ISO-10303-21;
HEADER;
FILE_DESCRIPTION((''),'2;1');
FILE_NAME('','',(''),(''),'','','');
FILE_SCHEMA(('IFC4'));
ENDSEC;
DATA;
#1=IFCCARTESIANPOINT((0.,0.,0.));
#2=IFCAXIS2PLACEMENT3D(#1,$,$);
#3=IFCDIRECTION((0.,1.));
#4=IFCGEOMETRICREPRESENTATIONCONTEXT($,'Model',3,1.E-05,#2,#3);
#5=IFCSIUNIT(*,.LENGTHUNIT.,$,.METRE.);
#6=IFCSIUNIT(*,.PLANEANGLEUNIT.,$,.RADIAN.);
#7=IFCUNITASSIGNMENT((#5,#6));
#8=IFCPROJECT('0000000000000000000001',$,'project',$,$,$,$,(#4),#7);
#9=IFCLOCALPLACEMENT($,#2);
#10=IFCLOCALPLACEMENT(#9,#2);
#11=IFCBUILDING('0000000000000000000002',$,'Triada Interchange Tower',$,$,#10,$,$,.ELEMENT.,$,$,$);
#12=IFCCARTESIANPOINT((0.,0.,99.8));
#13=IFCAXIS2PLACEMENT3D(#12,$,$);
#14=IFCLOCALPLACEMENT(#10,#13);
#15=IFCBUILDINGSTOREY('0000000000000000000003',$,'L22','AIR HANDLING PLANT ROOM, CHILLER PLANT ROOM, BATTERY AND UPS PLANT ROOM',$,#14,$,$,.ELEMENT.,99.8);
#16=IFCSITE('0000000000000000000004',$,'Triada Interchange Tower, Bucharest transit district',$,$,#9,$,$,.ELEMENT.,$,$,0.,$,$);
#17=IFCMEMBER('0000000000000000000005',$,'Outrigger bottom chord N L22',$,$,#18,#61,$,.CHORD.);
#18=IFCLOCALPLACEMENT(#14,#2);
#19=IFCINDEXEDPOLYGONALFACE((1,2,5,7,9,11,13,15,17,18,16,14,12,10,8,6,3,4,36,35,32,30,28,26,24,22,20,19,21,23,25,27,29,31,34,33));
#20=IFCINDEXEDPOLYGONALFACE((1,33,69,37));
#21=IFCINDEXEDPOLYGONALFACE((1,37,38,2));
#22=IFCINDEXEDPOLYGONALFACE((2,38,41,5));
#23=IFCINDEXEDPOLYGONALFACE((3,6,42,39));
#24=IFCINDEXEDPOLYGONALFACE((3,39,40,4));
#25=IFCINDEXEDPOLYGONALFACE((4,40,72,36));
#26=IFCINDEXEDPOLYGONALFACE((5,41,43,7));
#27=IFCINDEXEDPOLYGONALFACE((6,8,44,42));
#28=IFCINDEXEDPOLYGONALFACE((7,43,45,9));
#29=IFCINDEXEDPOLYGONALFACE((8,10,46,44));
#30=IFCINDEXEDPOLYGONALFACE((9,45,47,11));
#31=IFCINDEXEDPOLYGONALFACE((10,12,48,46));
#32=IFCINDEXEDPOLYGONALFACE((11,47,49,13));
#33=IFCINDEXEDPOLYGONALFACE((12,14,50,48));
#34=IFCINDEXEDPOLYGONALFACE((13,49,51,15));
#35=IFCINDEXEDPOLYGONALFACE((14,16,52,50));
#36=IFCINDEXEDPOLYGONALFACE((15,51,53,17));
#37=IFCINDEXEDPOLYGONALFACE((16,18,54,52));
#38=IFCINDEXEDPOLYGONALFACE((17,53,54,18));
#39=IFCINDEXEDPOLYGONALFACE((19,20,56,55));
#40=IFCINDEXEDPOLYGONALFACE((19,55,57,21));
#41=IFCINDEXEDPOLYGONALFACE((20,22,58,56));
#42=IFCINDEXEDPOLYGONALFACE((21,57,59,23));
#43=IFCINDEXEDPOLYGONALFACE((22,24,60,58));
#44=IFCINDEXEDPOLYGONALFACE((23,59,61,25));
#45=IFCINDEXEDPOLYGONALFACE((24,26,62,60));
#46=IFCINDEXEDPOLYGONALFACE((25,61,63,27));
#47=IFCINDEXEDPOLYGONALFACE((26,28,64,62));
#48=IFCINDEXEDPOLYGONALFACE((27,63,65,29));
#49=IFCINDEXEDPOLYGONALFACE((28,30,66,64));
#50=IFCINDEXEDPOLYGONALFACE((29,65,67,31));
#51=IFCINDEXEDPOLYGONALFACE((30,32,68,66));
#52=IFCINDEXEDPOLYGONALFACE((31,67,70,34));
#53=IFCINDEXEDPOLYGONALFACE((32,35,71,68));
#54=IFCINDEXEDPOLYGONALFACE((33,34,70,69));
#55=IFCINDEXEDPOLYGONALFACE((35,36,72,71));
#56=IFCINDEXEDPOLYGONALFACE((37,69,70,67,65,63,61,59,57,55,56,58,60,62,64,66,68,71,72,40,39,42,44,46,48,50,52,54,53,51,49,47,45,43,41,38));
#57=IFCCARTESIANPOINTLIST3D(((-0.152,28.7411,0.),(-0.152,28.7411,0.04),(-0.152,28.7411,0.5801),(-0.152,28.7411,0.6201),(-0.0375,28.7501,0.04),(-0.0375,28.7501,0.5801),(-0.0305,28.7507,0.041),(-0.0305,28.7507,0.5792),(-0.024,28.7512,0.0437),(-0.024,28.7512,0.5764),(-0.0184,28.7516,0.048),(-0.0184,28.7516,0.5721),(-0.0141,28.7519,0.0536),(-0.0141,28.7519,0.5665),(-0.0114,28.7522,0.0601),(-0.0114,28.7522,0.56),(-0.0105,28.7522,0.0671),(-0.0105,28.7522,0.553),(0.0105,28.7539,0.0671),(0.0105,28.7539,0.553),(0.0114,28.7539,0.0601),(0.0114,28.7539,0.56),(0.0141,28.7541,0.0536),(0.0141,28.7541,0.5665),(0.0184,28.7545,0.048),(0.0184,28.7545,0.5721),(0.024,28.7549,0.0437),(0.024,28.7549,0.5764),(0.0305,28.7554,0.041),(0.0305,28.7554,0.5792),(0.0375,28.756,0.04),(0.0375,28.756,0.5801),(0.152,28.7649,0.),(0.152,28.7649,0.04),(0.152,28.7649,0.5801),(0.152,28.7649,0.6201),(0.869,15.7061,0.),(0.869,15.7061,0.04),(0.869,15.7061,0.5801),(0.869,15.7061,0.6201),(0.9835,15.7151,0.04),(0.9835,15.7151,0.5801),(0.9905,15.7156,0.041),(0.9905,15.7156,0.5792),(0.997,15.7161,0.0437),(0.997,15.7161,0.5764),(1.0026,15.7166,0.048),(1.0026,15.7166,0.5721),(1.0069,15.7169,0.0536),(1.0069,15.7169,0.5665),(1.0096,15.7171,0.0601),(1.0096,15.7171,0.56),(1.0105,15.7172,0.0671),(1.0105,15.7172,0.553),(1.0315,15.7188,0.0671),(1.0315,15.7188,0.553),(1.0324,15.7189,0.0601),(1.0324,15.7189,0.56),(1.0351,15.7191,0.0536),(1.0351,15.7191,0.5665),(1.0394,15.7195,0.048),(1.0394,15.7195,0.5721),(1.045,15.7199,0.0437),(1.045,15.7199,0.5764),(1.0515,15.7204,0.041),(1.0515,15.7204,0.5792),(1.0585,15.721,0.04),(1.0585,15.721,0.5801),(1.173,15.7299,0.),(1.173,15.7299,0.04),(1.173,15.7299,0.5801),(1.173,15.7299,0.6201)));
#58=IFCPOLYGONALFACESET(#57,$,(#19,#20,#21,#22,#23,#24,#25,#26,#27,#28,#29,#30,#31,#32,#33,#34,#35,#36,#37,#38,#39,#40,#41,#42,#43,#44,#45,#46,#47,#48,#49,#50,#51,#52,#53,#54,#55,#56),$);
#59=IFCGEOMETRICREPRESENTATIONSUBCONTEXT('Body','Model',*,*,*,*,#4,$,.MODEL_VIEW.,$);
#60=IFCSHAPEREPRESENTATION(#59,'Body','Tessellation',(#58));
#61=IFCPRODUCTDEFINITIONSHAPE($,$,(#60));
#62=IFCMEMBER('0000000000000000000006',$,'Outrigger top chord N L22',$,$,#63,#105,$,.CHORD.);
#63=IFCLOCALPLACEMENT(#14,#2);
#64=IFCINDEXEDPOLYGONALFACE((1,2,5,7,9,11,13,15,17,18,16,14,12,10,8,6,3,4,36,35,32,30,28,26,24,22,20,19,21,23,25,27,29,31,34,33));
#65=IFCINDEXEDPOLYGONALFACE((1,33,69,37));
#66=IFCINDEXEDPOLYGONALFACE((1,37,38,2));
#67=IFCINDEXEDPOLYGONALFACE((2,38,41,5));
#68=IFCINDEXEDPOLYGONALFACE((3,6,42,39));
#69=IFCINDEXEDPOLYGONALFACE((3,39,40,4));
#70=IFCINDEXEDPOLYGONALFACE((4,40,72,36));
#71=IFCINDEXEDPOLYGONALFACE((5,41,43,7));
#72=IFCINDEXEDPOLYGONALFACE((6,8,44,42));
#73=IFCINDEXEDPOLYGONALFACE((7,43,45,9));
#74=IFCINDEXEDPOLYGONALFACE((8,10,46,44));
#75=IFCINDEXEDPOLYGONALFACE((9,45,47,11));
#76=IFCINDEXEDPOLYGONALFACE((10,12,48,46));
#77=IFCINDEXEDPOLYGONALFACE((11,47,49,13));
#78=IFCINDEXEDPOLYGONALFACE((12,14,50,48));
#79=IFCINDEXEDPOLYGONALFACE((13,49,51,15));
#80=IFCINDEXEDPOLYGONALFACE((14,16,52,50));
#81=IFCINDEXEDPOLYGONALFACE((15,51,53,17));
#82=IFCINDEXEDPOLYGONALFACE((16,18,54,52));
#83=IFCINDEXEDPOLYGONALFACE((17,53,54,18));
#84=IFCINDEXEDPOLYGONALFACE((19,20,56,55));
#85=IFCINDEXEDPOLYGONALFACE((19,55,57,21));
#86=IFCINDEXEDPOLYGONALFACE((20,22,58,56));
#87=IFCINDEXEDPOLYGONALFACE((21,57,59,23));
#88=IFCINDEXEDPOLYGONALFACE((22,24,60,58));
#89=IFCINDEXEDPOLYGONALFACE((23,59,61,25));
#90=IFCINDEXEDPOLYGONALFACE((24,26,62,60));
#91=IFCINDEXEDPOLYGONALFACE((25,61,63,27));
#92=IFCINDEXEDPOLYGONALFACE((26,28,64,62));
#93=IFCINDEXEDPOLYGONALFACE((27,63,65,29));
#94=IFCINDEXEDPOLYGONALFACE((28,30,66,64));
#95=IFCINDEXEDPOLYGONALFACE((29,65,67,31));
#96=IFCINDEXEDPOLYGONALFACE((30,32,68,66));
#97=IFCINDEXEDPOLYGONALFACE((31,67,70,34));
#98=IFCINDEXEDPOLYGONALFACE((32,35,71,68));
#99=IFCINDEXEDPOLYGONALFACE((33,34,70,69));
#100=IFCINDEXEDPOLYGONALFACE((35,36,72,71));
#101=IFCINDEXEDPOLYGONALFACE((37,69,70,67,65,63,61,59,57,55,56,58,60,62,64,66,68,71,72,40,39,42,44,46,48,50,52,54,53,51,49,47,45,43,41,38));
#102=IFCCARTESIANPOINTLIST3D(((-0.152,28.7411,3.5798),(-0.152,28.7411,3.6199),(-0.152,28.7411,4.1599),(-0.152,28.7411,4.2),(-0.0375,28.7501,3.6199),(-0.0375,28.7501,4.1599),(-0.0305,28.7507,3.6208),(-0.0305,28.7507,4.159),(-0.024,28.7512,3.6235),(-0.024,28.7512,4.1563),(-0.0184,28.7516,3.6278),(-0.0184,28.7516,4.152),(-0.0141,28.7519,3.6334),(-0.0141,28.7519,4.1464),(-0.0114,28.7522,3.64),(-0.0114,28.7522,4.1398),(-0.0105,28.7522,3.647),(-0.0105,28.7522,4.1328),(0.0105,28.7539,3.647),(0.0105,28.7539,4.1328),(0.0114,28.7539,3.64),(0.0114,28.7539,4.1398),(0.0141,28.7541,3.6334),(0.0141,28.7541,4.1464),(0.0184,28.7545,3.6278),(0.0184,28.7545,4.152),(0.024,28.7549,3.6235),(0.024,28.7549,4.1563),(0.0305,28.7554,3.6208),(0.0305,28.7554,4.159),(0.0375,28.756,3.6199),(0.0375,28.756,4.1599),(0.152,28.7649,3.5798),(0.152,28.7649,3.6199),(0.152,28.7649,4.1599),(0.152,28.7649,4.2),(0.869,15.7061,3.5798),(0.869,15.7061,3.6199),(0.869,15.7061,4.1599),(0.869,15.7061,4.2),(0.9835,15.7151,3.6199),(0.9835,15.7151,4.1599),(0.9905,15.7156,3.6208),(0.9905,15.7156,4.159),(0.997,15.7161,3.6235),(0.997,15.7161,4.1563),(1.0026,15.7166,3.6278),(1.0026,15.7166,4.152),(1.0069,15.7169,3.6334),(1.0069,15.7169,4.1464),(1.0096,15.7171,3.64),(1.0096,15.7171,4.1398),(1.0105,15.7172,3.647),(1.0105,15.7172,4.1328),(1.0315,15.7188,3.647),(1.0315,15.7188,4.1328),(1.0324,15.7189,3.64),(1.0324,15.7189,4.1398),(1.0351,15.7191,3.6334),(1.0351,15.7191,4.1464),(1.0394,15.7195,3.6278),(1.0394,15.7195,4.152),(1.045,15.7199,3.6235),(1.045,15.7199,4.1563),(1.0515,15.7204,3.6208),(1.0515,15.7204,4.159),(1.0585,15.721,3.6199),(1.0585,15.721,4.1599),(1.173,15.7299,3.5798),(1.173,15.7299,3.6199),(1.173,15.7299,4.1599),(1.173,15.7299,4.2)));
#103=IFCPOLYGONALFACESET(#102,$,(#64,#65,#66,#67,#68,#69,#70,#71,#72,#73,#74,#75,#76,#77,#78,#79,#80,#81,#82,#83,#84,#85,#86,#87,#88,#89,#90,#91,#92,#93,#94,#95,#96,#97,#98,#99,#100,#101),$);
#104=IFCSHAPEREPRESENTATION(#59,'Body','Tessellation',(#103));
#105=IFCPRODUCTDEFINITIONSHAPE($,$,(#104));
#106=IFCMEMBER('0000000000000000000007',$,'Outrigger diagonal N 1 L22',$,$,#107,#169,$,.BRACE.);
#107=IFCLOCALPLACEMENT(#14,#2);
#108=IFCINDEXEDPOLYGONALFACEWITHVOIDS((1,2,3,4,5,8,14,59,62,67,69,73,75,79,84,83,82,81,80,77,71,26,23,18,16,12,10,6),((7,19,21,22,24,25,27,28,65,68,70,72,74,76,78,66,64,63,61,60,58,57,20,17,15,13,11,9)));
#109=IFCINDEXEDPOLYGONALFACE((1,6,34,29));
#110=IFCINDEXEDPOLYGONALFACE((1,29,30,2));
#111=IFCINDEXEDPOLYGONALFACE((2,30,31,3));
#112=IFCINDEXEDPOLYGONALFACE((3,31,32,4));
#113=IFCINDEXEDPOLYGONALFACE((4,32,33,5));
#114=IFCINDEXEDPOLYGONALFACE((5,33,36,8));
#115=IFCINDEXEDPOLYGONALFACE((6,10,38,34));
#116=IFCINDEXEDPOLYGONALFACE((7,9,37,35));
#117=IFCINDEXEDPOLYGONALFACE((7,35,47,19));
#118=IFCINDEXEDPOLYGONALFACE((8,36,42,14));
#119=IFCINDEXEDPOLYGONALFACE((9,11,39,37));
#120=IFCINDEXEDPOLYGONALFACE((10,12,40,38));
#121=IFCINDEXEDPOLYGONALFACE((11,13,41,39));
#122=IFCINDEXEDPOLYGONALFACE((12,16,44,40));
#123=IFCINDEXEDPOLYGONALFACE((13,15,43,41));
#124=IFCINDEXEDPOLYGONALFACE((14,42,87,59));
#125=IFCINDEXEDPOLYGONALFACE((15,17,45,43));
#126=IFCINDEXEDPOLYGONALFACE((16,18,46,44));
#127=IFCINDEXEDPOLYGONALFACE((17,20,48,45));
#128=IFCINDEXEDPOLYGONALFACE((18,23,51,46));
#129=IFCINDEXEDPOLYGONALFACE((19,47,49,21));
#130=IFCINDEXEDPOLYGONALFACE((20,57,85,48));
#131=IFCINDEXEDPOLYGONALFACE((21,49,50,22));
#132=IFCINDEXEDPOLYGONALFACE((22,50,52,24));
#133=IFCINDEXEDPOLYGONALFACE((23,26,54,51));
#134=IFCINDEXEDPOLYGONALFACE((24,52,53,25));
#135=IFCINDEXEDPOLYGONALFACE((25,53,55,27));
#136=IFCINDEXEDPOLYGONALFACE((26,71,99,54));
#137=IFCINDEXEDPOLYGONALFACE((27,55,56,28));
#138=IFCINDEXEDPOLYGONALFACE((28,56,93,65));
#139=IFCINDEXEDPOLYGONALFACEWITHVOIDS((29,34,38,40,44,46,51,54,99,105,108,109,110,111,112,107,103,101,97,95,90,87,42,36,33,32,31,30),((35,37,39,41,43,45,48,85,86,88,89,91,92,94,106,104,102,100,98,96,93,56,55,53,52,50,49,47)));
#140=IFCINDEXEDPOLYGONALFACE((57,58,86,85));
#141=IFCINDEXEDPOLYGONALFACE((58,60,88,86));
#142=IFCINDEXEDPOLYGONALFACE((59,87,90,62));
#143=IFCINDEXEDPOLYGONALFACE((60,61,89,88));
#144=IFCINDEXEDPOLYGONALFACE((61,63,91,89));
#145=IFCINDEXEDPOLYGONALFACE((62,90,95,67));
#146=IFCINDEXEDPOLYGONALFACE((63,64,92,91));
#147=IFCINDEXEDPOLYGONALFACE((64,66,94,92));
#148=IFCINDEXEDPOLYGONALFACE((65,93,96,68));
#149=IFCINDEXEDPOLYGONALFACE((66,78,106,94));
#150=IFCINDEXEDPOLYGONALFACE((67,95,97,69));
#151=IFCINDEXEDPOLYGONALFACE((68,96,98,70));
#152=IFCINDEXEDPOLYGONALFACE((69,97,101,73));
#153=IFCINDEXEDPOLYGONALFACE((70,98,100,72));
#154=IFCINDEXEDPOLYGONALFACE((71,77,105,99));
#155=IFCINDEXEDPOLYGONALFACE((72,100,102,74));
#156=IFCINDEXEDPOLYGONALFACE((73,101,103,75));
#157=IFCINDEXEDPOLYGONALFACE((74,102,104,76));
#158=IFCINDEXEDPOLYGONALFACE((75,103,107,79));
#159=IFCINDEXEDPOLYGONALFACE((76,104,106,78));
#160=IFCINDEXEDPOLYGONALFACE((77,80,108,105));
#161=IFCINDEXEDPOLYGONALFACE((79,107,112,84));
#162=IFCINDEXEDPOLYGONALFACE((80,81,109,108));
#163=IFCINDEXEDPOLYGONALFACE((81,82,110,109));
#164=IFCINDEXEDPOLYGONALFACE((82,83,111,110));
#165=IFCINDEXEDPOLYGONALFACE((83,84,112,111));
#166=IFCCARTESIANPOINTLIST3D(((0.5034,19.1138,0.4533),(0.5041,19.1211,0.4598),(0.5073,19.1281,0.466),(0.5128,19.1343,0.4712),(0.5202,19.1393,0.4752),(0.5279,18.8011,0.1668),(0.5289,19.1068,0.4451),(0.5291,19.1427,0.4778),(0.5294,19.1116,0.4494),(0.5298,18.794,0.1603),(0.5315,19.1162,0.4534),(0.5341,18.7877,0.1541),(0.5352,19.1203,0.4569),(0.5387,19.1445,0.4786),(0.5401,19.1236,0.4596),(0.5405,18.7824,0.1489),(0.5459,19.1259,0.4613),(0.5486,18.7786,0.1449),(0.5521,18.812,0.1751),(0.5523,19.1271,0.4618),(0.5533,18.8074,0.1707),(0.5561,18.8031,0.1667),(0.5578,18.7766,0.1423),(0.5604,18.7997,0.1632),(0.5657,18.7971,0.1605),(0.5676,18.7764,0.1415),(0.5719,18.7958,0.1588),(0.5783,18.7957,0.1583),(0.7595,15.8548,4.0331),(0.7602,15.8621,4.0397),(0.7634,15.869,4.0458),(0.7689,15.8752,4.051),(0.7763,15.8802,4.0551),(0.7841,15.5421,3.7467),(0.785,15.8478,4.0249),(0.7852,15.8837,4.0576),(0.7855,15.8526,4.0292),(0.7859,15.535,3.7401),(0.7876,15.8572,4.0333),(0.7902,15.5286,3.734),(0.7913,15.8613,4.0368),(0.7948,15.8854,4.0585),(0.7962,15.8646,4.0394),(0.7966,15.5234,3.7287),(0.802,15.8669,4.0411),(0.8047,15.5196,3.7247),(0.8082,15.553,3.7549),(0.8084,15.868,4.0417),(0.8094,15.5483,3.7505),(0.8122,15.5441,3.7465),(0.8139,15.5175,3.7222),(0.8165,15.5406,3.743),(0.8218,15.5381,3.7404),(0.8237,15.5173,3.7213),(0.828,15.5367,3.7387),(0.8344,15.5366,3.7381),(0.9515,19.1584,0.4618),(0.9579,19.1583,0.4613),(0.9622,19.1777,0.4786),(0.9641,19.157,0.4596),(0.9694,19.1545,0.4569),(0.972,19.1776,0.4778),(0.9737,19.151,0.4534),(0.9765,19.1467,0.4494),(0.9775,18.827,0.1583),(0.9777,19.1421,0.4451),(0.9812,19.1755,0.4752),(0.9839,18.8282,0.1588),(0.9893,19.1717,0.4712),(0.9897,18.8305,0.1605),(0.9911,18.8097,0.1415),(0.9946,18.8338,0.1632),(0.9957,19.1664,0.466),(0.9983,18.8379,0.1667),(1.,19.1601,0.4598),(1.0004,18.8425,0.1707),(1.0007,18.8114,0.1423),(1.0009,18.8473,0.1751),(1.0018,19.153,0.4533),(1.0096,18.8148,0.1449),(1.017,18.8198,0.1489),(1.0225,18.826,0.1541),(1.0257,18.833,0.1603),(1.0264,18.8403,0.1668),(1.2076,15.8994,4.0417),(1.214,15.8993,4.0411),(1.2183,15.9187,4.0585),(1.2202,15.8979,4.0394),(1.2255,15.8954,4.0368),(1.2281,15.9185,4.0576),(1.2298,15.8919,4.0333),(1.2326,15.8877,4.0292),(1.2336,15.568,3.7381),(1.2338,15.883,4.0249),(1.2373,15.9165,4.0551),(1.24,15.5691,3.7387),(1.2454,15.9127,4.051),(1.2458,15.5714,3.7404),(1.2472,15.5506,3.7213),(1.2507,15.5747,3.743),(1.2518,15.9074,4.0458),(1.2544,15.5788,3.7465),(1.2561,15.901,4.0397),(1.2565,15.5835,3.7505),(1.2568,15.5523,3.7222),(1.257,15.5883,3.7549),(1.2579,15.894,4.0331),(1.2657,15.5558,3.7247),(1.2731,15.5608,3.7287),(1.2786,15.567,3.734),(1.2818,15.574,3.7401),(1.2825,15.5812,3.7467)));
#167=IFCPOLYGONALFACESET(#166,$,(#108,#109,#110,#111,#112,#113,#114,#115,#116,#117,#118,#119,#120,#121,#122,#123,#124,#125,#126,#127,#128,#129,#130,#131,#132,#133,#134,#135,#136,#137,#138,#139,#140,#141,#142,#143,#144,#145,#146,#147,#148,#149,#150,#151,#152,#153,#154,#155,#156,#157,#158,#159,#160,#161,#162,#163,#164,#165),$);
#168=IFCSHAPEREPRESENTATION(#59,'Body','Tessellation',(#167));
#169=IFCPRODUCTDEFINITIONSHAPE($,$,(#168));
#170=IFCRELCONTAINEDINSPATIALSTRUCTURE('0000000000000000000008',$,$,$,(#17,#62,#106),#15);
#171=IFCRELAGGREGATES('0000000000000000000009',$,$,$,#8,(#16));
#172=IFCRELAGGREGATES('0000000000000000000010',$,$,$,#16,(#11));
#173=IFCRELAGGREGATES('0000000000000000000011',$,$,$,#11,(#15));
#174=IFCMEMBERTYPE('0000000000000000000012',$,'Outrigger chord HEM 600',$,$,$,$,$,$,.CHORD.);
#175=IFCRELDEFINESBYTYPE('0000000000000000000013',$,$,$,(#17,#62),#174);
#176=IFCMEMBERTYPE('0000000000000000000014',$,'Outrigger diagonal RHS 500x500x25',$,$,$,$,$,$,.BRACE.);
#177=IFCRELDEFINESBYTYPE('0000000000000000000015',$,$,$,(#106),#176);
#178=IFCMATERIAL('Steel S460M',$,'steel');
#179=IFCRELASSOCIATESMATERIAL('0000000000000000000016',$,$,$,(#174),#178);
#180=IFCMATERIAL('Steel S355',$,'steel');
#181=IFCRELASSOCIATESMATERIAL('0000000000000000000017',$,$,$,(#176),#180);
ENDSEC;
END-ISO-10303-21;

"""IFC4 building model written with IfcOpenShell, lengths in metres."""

from ifc_helpers import new_model, si_unit, direction, frame, origin, origin_2d, place, context, subcontext, project, spatial, hollow_rectangle, i_section, extrude, material, material_profile, profile_set, type_object, element, save


model = new_model("IFC4")

# Units and contexts
model_context = context("Model", 3, precision=1e-05, world=origin(), true_north=direction((0.0, 1.0)))
body_context = subcontext(model_context, "Body", "Model", "MODEL_VIEW")
ifc_project = project(units=[si_unit("LENGTHUNIT", "METRE"), si_unit("PLANEANGLEUNIT", "RADIAN")], contexts=[model_context])

# Site, building, storey
site_placement = place(None, origin())
site = spatial("IfcSite", under=ifc_project, at=site_placement, Name="Triada Interchange Tower, Bucharest transit district", CompositionType="ELEMENT", RefElevation=0.0)
building_placement = place(site_placement, origin())
building = spatial("IfcBuilding", under=site, at=building_placement, Name="Triada Interchange Tower", CompositionType="ELEMENT")
storey_placement = place(building_placement, frame((0.0, 0.0, 99.8)))
storey = spatial("IfcBuildingStorey", under=building, at=storey_placement, Name="L22", Description="AIR HANDLING PLANT ROOM, CHILLER PLANT ROOM, BATTERY AND UPS PLANT ROOM", CompositionType="ELEMENT", Elevation=99.8)

# Shared definitions
ifc_material_1 = material(Name="Steel S355", Category="steel")

# Members
ifc_material_2 = material(Name="Steel S460M", Category="steel")
ifc_material_profile_1 = material_profile(ifc_material_2, i_section(OverallWidth=0.3049, OverallDepth=0.6201, WebThickness=0.021, FlangeThickness=0.04, FilletRadius=0.0271, at=origin_2d()), Name="HEM 600")
ifc_profile_set_1 = profile_set([ifc_material_profile_1], Name="Steel S460M")
member_type_1 = type_object("IfcMemberType", Name="Outrigger chord HEM 600", PredefinedType="CHORD", material=ifc_profile_set_1)
for number, where, z_axis, x_axis, name in (
    (1, (1.021, 15.718, 0.3101), (-0.078089, 0.996946, 0.0), (-0.996946, -0.078089, 0.0), "Outrigger bottom chord N L22"),
    (2, (1.021, 15.718, 3.8899), (-0.078089, 0.996946, 0.0), (-0.996946, -0.078089, 0.0), "Outrigger top chord N L22"),
):
    element("IfcMember", number, at=place(storey_placement, frame(where, z_axis=z_axis, x_axis=x_axis)), inside=storey, type_object=member_type_1, Name=name, PredefinedType="CHORD", context=body_context, shape_type="SweptSolid", body=[
        extrude(i_section(OverallWidth=0.3049, OverallDepth=0.6201, WebThickness=0.021, FlangeThickness=0.04, FilletRadius=0.0271, at=origin_2d()), origin(), (0.0, 0.0, 1.0), 13.075),
    ])
ifc_material_profile_2 = material_profile(ifc_material_1, hollow_rectangle(XDim=0.5, YDim=0.5, WallThickness=0.0249, InnerFilletRadius=0.0249, OuterFilletRadius=0.0376, at=origin_2d()), Name="RHS 500x500x25")
ifc_profile_set_2 = profile_set([ifc_material_profile_2], Name="Steel S355")
member_type_2 = type_object("IfcMemberType", Name="Outrigger diagonal RHS 500x500x25", PredefinedType="BRACE", material=ifc_profile_set_2)
for number, where, z_axis, x_axis, name in (
    (3, (1.021, 15.718, 3.8899), (-0.052828, 0.672257, -0.73843), (-0.996927, -0.078341, 0.0), "Outrigger diagonal N 1 L22"),
):
    element("IfcMember", number, at=place(storey_placement, frame(where, z_axis=z_axis, x_axis=x_axis)), inside=storey, type_object=member_type_2, Name=name, PredefinedType="BRACE", context=body_context, shape_type="SweptSolid", body=[
        extrude(hollow_rectangle(XDim=0.5, YDim=0.5, WallThickness=0.0249, InnerFilletRadius=0.0249, OuterFilletRadius=0.0376, at=origin_2d()), origin(), (0.0, 0.0, 1.0), 4.8479),
    ])

save(model, "model.ifc")
